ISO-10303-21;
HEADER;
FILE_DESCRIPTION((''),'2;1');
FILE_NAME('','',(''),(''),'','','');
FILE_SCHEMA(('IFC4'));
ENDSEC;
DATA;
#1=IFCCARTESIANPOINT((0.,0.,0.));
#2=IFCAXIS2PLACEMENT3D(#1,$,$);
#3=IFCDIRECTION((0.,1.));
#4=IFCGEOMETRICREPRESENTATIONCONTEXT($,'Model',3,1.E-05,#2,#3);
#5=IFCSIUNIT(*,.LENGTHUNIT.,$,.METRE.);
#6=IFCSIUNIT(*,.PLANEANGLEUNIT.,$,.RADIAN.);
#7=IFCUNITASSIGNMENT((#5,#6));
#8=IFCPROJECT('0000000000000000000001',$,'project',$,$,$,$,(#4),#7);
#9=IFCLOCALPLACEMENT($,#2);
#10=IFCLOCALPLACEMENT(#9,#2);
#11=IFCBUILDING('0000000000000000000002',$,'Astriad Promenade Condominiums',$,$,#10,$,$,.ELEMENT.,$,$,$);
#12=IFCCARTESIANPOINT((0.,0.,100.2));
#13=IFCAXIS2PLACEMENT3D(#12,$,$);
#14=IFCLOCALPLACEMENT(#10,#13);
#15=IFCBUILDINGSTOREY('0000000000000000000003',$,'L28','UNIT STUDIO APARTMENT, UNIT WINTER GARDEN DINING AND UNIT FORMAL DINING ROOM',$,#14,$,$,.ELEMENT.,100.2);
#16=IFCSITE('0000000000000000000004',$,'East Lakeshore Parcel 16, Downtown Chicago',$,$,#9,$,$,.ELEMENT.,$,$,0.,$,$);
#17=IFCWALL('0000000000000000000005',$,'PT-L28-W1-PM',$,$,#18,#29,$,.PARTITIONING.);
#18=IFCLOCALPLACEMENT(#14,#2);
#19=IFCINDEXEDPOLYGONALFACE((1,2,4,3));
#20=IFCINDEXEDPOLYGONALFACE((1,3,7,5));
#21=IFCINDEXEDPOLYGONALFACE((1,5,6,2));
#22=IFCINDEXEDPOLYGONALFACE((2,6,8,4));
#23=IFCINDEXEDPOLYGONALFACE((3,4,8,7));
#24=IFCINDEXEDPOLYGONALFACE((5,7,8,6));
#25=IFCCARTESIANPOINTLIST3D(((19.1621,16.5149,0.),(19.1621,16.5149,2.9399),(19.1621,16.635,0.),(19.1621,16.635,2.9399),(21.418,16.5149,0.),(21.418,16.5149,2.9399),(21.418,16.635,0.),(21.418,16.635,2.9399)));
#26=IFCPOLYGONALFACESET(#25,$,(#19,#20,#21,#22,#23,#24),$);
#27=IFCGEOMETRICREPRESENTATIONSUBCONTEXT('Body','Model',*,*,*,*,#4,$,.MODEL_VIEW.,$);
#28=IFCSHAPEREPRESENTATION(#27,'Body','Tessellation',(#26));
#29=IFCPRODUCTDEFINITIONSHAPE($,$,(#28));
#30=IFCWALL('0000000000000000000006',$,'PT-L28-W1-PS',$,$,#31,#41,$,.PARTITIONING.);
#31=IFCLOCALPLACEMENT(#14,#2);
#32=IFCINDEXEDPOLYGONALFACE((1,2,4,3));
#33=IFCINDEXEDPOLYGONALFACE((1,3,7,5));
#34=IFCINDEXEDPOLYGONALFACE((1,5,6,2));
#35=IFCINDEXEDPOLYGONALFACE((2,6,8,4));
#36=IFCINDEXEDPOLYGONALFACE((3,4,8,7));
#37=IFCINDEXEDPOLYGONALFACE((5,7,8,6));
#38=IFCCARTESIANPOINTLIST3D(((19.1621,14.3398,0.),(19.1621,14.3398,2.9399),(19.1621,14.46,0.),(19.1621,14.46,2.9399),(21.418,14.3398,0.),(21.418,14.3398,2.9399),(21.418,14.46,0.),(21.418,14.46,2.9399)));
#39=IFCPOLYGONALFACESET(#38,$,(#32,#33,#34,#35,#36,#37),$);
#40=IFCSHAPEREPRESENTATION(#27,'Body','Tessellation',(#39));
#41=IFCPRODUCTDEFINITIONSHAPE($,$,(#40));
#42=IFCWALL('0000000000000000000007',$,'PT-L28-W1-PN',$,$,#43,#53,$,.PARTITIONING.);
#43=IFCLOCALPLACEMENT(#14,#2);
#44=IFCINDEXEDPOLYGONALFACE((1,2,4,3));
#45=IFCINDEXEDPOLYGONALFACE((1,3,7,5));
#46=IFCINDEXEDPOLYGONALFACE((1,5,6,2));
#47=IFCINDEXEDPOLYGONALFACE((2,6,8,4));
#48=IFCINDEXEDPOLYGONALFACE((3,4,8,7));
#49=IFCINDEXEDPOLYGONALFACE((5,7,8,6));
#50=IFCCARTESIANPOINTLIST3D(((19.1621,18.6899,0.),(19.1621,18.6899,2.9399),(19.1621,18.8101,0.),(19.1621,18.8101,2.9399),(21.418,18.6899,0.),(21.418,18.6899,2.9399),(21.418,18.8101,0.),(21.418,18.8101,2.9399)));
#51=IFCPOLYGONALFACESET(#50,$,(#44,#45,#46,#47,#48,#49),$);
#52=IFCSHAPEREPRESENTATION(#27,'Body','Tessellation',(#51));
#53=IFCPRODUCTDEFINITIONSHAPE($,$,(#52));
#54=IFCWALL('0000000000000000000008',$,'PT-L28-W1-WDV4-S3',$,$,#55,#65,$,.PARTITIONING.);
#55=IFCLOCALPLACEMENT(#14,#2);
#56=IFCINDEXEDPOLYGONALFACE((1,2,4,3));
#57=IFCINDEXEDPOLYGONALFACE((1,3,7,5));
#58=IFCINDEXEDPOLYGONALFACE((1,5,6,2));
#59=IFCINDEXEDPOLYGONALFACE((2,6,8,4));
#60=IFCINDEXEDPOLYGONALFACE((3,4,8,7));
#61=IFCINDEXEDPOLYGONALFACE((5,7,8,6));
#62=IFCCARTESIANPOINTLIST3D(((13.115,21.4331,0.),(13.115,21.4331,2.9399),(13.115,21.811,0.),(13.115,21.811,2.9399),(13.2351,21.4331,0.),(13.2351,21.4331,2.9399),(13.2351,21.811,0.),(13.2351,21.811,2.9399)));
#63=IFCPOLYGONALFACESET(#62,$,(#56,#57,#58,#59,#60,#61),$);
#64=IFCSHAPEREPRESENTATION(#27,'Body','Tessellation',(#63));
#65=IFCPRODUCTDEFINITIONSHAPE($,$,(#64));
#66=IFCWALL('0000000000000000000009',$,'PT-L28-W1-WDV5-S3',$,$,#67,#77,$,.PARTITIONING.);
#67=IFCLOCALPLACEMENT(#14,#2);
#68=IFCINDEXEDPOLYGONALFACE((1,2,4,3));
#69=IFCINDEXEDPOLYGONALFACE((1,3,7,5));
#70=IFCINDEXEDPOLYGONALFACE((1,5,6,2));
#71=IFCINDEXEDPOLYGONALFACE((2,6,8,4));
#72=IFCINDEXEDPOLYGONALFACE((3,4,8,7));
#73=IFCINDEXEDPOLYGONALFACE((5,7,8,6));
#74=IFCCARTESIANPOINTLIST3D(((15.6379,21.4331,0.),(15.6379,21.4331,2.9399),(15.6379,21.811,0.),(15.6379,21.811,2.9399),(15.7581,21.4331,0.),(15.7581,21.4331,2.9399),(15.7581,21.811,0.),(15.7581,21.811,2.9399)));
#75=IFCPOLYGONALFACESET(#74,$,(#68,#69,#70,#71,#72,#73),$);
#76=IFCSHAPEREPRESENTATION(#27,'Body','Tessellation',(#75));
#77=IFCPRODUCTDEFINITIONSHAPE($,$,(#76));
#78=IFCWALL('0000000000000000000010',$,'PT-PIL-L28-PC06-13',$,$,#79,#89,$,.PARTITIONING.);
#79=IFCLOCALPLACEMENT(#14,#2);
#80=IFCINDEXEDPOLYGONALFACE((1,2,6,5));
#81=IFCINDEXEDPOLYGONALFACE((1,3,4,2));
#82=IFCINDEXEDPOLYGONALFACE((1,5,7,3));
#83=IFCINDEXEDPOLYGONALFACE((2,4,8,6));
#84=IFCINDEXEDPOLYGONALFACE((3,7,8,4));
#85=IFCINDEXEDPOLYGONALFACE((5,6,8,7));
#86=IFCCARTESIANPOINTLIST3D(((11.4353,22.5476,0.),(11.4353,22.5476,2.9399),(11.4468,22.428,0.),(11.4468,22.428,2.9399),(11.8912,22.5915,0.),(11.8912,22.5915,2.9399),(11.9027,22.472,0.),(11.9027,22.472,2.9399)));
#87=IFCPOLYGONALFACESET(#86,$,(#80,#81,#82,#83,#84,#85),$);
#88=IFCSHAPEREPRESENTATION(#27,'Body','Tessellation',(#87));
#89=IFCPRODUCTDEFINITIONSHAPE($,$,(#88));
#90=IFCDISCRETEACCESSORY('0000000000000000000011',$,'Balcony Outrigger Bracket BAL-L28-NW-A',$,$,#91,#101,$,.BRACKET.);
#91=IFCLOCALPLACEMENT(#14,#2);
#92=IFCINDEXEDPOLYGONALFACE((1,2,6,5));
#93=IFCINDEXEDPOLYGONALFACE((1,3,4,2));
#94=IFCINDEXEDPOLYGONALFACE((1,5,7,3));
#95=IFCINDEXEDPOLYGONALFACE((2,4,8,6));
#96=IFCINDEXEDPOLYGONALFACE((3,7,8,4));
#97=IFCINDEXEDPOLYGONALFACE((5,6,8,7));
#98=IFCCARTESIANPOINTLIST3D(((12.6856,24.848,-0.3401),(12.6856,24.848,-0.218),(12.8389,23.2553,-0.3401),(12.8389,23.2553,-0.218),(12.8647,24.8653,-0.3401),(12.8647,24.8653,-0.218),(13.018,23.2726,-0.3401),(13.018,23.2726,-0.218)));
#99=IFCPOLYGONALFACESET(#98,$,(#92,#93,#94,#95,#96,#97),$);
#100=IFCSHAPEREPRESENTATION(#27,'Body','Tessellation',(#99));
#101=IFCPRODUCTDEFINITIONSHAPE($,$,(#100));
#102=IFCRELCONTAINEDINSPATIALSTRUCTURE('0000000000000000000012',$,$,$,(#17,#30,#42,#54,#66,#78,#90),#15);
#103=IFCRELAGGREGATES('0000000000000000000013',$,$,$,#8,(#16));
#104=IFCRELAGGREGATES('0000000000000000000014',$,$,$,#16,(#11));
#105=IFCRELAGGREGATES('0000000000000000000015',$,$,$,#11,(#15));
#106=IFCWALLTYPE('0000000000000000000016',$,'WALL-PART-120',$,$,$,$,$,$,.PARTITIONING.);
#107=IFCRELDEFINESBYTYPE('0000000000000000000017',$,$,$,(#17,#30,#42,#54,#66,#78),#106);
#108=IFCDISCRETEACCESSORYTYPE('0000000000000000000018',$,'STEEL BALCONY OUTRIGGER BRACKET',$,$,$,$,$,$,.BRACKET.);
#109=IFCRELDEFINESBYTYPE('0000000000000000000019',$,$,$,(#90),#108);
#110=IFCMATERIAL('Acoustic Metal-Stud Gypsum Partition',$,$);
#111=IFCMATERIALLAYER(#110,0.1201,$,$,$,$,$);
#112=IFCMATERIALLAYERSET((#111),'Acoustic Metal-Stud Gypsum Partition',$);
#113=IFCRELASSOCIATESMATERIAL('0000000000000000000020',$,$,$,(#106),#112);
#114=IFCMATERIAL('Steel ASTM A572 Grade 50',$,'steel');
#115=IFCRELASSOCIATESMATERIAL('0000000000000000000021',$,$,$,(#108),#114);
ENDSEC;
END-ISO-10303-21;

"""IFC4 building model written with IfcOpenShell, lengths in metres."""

from ifc_helpers import new_model, si_unit, direction, frame, frame_2d, origin, origin_2d, place, context, subcontext, project, spatial, rectangle, extrude, source, transform, mapped, material, layer, layer_set, type_object, type_shapes, element, save


model = new_model("IFC4")

# Units and contexts
model_context = context("Model", 3, precision=1e-05, world=origin(), true_north=direction((0.0, 1.0)))
body_context = subcontext(model_context, "Body", "Model", "MODEL_VIEW")
ifc_project = project(units=[si_unit("LENGTHUNIT", "METRE"), si_unit("PLANEANGLEUNIT", "RADIAN")], contexts=[model_context])

# Site, building, storey
site_placement = place(None, origin())
site = spatial("IfcSite", under=ifc_project, at=site_placement, Name="East Lakeshore Parcel 16, Downtown Chicago", CompositionType="ELEMENT", RefElevation=0.0)
building_placement = place(site_placement, origin())
building = spatial("IfcBuilding", under=site, at=building_placement, Name="Astriad Promenade Condominiums", CompositionType="ELEMENT")
storey_placement = place(building_placement, frame((0.0, 0.0, 100.2)))
storey = spatial("IfcBuildingStorey", under=building, at=storey_placement, Name="L28", Description="UNIT STUDIO APARTMENT, UNIT WINTER GARDEN DINING AND UNIT FORMAL DINING ROOM", CompositionType="ELEMENT", Elevation=100.2)

# Shared definitions
ifc_material_1 = material(Name="Acoustic Metal-Stud Gypsum Partition")
ifc_layer_1 = layer(ifc_material_1, 0.1201)
ifc_layer_set_1 = layer_set([ifc_layer_1], Name="Acoustic Metal-Stud Gypsum Partition")
wall_type_1 = type_object("IfcWallType", Name="WALL-PART-120", PredefinedType="PARTITIONING", material=ifc_layer_set_1)

# Walls
for number, where, z_axis, x_axis, name in (
    (1, (19.1621, 16.575, 0.0), (0.0, 0.0, 1.0), (1.0, 0.0, 0.0), "PT-L28-W1-PM"),
    (2, (19.1621, 14.3999, 0.0), (0.0, 0.0, 1.0), (1.0, 0.0, 0.0), "PT-L28-W1-PS"),
    (3, (19.1621, 18.75, 0.0), (0.0, 0.0, 1.0), (1.0, 0.0, 0.0), "PT-L28-W1-PN"),
):
    element("IfcWall", number, at=place(storey_placement, frame(where, z_axis=z_axis, x_axis=x_axis)), inside=storey, type_object=wall_type_1, Name=name, PredefinedType="PARTITIONING", context=body_context, shape_type="SweptSolid", body=[
        extrude(rectangle(XDim=2.2559, YDim=0.1201, at=frame_2d((1.1279, 0.0))), origin(), (0.0, 0.0, 1.0), 2.9399),
    ])
for number, where, z_axis, x_axis, name in (
    (4, (13.175, 21.4331, 0.0), (0.0, 0.0, 1.0), (0.0, 1.0, 0.0), "PT-L28-W1-WDV4-S3"),
    (5, (15.698, 21.4331, 0.0), (0.0, 0.0, 1.0), (0.0, 1.0, 0.0), "PT-L28-W1-WDV5-S3"),
):
    element("IfcWall", number, at=place(storey_placement, frame(where, z_axis=z_axis, x_axis=x_axis)), inside=storey, type_object=wall_type_1, Name=name, PredefinedType="PARTITIONING", context=body_context, shape_type="SweptSolid", body=[
        extrude(rectangle(XDim=0.3779, YDim=0.1201, at=frame_2d((0.189, 0.0))), origin(), (0.0, 0.0, 1.0), 2.9399),
    ])
wall_1_placement = place(storey_placement, frame((11.897, 22.5317, 0.0), z_axis=(0.0, 0.0, 1.0), x_axis=(-0.995385, -0.095966, 0.0)))
element("IfcWall", 6, at=wall_1_placement, inside=storey, type_object=wall_type_1, Name="PT-PIL-L28-PC06-13", PredefinedType="PARTITIONING", context=body_context, shape_type="SweptSolid", body=[
    extrude(rectangle(XDim=0.458, YDim=0.1201, at=frame_2d((0.229, 0.0))), origin(), (0.0, 0.0, 1.0), 2.9399),
])

# Discrete accessory
ifc_material_2 = material(Name="Steel ASTM A572 Grade 50", Category="steel")
discrete_accessory_type = type_object("IfcDiscreteAccessoryType", Name="STEEL BALCONY OUTRIGGER BRACKET", PredefinedType="BRACKET", material=ifc_material_2)
shared_shape_1 = source(origin(), body_context, "Body", "SweptSolid", [
    extrude(rectangle(XDim=1.6001, YDim=0.1799, at=origin_2d()), origin(), (0.0, 0.0, 1.0), 0.1221),
])
type_shapes(discrete_accessory_type, [shared_shape_1])
discrete_accessory_placement = place(storey_placement, frame((12.8518, 24.0603, -0.3401), z_axis=(0.0, 0.0, 1.0), x_axis=(-0.095846, 0.995396, 0.0)))
element("IfcDiscreteAccessory", 7, at=discrete_accessory_placement, inside=storey, type_object=discrete_accessory_type, Name="Balcony Outrigger Bracket BAL-L28-NW-A", PredefinedType="BRACKET", context=body_context, shape_type="MappedRepresentation", body=[
    mapped(shared_shape_1, transform((0.0, 0.0, 0.0), scale=1.0)),
])

save(model, "model.ifc")
